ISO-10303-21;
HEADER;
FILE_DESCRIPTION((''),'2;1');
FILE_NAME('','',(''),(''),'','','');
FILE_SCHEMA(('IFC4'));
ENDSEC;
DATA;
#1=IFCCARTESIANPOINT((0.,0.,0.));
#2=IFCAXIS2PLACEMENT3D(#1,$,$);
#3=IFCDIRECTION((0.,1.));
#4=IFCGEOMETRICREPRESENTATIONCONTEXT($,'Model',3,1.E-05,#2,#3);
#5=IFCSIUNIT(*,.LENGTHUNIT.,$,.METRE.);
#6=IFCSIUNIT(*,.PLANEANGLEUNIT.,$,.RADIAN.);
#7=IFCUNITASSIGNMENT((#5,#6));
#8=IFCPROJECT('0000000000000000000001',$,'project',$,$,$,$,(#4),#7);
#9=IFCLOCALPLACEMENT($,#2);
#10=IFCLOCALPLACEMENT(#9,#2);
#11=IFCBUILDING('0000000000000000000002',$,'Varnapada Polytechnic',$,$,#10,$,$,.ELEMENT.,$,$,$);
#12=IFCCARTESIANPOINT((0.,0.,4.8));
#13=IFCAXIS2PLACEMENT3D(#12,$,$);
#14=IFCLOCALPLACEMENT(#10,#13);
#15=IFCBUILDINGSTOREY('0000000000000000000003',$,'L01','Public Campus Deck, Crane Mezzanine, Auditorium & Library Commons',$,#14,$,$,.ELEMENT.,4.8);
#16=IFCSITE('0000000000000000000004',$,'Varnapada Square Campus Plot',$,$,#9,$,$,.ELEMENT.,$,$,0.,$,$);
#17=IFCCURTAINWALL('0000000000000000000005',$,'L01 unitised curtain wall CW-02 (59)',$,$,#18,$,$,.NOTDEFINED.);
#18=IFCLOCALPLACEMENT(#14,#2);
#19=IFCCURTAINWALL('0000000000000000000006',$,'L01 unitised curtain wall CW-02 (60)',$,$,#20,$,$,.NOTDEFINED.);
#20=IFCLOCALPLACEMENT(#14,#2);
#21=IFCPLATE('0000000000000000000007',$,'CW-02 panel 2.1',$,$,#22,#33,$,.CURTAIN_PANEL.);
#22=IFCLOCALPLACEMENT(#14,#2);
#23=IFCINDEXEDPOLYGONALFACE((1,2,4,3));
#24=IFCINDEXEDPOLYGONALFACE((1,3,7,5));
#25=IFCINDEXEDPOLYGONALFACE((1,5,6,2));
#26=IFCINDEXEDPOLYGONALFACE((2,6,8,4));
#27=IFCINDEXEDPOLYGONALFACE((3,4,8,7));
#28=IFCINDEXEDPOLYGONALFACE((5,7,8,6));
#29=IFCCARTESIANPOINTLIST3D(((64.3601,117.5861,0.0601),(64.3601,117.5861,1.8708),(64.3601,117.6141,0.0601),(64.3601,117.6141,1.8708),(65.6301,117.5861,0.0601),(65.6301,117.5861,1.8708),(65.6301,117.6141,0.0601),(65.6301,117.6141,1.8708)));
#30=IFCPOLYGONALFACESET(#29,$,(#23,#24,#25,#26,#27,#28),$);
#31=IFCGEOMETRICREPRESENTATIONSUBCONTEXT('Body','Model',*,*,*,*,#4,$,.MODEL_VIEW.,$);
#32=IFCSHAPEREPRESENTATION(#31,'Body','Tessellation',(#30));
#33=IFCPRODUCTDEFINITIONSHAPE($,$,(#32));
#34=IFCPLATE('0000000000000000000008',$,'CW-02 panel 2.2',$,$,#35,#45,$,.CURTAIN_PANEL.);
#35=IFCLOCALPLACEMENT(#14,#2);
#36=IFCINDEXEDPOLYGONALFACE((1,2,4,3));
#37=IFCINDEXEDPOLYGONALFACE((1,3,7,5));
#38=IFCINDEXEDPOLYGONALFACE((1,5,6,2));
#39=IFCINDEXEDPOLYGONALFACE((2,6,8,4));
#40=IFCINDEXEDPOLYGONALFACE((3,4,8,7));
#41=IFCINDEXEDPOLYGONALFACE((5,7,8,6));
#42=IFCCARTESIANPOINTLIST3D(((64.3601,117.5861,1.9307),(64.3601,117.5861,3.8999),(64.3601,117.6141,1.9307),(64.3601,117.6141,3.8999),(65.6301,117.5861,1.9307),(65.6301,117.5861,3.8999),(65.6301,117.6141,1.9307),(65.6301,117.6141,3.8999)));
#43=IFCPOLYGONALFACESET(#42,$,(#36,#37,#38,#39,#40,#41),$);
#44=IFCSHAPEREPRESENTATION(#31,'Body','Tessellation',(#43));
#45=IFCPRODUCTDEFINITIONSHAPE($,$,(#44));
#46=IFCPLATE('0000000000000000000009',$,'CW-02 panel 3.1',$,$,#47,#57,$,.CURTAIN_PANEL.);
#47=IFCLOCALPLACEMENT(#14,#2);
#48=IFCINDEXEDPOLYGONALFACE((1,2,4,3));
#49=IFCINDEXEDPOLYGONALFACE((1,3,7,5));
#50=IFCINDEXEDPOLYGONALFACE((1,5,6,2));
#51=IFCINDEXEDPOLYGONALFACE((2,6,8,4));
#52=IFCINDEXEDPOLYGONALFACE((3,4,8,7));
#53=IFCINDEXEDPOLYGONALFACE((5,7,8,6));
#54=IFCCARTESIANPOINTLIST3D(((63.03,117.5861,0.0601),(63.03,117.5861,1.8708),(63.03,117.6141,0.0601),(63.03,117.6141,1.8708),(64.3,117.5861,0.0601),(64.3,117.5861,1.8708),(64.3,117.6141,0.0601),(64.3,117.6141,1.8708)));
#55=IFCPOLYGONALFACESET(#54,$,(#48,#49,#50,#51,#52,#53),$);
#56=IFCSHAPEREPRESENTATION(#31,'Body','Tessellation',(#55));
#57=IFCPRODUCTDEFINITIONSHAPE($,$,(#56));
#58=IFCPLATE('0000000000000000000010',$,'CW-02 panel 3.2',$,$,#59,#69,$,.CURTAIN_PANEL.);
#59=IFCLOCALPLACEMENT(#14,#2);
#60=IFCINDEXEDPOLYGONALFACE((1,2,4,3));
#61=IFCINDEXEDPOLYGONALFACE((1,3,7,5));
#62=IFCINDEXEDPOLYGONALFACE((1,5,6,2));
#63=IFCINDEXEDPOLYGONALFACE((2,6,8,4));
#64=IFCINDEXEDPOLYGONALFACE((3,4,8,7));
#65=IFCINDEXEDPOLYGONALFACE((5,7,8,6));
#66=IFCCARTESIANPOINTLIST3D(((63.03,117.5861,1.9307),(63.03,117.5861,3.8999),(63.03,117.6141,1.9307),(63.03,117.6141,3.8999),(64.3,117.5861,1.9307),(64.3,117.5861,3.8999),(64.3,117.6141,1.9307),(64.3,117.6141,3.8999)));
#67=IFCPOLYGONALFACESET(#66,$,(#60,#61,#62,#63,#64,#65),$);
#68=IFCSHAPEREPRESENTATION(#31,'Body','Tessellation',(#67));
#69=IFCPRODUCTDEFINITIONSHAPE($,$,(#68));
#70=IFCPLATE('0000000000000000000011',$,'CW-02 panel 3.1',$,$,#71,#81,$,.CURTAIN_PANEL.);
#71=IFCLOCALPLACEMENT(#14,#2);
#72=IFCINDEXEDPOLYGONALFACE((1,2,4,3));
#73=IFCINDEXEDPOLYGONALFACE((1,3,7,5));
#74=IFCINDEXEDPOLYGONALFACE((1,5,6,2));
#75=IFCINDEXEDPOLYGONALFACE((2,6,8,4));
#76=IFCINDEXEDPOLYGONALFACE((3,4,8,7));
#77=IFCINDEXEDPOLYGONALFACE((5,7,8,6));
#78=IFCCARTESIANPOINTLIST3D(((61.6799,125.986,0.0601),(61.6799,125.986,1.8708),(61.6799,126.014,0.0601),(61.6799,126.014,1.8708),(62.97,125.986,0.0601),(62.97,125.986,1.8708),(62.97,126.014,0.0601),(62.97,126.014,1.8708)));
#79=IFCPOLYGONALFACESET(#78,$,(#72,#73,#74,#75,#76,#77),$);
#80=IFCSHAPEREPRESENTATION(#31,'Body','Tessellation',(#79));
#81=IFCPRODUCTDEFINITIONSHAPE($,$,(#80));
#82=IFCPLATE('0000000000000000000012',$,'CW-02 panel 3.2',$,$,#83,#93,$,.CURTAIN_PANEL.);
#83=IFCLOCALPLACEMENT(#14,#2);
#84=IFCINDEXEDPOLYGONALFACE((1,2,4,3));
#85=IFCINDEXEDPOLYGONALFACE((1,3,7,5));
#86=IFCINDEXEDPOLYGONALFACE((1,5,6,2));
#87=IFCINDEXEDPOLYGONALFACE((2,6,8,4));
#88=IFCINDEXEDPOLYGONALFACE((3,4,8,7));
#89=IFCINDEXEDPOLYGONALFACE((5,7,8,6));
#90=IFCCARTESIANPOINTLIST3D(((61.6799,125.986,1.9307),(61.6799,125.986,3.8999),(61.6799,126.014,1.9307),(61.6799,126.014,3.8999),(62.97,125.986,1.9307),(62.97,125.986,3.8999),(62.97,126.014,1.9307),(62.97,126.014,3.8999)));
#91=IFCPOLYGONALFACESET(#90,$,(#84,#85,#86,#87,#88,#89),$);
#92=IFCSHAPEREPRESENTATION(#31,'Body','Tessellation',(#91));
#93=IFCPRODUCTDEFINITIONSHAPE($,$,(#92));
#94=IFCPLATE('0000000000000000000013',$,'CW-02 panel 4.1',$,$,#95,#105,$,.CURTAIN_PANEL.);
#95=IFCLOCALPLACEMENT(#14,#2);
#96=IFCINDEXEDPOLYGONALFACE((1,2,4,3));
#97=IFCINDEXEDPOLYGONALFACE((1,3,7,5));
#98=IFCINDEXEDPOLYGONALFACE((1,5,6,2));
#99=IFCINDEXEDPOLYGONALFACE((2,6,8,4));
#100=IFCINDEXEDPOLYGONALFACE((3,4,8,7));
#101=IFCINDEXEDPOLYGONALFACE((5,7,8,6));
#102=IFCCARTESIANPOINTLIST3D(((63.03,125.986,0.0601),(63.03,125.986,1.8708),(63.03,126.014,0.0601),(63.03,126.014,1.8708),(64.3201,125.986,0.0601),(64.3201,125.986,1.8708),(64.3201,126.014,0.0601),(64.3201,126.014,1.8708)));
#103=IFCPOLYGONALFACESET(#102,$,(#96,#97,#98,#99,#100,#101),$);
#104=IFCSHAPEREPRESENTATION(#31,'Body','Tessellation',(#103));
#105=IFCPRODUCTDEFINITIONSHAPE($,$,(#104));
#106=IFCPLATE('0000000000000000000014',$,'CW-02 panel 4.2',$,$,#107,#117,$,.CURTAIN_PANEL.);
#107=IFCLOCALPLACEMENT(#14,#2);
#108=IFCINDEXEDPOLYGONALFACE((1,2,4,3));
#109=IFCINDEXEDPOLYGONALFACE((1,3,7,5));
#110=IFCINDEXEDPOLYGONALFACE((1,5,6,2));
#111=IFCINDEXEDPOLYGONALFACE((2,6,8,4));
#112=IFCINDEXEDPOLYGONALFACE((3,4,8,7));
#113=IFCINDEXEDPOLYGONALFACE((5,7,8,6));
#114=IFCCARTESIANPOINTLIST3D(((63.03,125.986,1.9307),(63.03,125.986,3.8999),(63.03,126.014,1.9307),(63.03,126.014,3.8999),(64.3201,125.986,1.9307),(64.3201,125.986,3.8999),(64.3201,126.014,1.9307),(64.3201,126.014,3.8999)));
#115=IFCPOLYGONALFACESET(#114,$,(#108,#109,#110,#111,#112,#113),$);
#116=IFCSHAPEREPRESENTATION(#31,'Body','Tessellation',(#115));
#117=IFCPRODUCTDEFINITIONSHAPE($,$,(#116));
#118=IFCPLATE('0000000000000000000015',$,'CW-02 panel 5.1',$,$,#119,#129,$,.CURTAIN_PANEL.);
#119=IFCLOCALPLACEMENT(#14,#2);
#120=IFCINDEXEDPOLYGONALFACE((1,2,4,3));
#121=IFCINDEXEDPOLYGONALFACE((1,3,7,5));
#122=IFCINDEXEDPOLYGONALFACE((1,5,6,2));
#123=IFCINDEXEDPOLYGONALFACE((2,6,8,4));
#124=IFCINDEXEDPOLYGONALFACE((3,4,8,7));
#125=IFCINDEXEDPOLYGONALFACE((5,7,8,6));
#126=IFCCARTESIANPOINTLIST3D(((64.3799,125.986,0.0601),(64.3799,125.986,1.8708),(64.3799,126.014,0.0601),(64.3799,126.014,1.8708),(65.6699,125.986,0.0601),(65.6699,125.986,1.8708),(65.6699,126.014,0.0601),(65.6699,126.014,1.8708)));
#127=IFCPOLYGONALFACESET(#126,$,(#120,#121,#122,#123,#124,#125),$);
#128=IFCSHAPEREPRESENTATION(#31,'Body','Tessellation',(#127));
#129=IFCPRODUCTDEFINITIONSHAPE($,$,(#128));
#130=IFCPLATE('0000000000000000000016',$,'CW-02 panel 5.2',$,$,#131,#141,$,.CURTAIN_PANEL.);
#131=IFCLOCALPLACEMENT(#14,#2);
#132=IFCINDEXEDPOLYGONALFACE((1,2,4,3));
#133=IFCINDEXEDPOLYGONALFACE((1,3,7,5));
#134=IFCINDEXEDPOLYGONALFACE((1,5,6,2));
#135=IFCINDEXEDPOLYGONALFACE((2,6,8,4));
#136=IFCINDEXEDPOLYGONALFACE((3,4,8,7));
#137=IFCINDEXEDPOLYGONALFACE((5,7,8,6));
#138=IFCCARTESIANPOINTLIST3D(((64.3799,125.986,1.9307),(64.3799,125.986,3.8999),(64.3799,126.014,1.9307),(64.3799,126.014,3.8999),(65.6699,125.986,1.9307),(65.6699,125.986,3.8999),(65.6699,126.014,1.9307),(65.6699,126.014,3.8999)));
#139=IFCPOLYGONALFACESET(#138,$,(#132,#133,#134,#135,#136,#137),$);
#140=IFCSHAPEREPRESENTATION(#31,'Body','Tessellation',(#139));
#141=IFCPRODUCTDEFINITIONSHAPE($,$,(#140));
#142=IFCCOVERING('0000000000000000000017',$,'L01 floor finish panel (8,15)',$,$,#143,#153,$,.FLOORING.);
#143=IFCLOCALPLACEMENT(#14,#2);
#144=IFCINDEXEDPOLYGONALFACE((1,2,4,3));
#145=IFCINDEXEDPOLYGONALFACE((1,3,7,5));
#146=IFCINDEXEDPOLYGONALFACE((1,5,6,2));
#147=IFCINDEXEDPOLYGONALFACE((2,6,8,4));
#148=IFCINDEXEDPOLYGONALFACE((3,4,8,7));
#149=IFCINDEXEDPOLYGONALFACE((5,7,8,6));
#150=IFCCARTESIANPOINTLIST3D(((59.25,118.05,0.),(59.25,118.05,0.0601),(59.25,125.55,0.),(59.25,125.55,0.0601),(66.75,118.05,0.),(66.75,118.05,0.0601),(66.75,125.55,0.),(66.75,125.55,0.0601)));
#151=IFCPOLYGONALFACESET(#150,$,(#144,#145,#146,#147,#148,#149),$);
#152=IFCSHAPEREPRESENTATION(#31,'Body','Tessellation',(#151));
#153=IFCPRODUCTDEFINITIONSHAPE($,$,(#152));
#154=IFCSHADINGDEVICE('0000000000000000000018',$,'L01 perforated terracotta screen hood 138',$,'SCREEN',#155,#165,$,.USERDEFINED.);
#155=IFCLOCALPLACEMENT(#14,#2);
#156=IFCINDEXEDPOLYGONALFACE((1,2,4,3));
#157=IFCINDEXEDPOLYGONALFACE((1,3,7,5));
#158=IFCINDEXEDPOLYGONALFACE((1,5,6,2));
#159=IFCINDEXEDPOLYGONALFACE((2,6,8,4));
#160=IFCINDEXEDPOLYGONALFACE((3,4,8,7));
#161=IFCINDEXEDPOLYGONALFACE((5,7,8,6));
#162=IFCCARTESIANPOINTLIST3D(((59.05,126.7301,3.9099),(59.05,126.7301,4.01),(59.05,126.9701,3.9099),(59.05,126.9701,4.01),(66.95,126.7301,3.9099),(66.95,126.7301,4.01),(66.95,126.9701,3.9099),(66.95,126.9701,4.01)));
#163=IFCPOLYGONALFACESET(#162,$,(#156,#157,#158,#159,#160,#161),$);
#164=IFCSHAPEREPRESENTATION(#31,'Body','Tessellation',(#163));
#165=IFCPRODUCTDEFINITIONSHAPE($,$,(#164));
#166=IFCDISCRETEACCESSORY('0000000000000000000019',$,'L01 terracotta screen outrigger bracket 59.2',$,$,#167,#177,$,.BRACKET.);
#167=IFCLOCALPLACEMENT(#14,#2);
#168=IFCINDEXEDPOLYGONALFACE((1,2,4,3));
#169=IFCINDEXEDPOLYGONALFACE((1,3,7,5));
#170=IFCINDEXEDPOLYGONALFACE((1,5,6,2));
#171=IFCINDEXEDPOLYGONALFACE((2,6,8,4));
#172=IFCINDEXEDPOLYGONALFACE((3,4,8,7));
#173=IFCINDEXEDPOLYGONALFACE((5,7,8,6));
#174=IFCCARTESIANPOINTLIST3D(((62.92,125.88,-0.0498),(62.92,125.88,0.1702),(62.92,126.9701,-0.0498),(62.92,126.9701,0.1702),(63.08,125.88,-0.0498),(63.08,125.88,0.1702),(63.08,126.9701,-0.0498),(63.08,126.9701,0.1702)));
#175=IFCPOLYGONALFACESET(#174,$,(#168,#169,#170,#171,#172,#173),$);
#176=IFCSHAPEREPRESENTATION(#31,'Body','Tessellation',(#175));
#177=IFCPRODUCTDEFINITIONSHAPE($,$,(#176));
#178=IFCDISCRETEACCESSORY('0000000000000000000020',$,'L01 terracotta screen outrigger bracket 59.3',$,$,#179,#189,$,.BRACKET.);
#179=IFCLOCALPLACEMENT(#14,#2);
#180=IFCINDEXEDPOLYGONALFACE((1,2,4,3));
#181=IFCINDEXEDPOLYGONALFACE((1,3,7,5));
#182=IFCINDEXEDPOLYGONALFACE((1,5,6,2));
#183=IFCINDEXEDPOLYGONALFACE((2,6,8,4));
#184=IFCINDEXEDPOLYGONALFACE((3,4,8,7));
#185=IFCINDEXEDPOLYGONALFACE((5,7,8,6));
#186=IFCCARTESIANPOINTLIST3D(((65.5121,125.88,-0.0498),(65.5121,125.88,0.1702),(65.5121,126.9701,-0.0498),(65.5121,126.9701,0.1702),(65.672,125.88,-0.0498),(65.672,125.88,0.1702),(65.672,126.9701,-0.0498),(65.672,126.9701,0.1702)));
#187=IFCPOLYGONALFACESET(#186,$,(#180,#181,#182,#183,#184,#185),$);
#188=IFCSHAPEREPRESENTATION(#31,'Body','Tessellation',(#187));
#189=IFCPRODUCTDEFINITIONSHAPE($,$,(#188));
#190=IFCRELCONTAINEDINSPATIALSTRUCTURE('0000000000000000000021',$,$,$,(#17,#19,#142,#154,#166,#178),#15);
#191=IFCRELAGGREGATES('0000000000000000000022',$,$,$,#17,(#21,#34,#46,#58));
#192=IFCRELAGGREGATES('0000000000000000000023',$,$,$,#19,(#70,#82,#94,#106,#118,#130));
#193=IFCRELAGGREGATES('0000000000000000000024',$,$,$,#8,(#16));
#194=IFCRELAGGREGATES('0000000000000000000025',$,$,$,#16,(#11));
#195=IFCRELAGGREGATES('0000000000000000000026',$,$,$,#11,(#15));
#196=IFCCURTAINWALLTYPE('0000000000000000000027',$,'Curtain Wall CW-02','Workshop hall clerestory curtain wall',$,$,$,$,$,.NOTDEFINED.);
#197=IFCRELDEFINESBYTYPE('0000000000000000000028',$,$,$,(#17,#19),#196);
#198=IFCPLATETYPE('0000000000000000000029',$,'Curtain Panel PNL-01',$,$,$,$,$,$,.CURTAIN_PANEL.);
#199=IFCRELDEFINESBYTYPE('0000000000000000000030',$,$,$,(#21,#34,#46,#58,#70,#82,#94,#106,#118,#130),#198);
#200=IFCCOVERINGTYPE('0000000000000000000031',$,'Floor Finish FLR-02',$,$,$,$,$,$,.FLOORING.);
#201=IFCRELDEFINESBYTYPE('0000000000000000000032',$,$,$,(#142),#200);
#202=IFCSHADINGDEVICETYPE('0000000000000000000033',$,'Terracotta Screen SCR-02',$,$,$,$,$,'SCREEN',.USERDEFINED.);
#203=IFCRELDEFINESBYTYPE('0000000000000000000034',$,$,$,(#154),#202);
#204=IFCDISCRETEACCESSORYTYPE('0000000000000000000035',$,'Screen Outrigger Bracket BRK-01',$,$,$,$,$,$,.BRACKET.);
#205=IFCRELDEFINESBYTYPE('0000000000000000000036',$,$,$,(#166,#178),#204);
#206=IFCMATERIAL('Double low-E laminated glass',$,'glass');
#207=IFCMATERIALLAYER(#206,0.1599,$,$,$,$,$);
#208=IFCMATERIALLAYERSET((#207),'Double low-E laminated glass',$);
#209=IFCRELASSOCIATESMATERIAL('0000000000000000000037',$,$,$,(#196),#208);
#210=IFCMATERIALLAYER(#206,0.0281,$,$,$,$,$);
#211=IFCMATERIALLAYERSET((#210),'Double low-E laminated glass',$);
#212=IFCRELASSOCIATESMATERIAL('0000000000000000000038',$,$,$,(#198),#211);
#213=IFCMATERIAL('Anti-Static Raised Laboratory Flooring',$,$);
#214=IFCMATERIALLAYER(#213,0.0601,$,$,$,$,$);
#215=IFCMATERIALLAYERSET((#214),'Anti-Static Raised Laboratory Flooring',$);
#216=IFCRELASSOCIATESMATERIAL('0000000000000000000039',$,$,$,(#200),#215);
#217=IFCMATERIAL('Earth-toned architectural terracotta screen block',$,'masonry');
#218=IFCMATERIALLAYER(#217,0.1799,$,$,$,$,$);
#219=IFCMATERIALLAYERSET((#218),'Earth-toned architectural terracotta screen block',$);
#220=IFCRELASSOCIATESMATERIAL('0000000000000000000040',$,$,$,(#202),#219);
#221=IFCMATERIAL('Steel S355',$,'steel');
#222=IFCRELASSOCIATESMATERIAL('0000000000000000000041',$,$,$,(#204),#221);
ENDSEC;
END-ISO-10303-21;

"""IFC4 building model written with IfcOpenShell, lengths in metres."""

from ifc_helpers import new_model, si_unit, direction, frame, origin, origin_2d, place, context, subcontext, project, spatial, rectangle, extrude, material, layer, layer_set, type_object, element, aggregate, save


model = new_model("IFC4")

# Units and contexts
model_context = context("Model", 3, precision=1e-05, world=origin(), true_north=direction((0.0, 1.0)))
body_context = subcontext(model_context, "Body", "Model", "MODEL_VIEW")
ifc_project = project(units=[si_unit("LENGTHUNIT", "METRE"), si_unit("PLANEANGLEUNIT", "RADIAN")], contexts=[model_context])

# Site, building, storey
site_placement = place(None, origin())
site = spatial("IfcSite", under=ifc_project, at=site_placement, Name="Varnapada Square Campus Plot", CompositionType="ELEMENT", RefElevation=0.0)
building_placement = place(site_placement, origin())
building = spatial("IfcBuilding", under=site, at=building_placement, Name="Varnapada Polytechnic", CompositionType="ELEMENT")
storey_placement = place(building_placement, frame((0.0, 0.0, 4.8)))
storey = spatial("IfcBuildingStorey", under=building, at=storey_placement, Name="L01", Description="Public Campus Deck, Crane Mezzanine, Auditorium & Library Commons", CompositionType="ELEMENT", Elevation=4.8)

# Curtain wall
ifc_material_1 = material(Name="Double low-E laminated glass", Category="glass")
ifc_layer_1 = layer(ifc_material_1, 0.1599)
ifc_layer_set_1 = layer_set([ifc_layer_1], Name="Double low-E laminated glass")
curtain_wall_type = type_object("IfcCurtainWallType", Name="Curtain Wall CW-02", Description="Workshop hall clerestory curtain wall", PredefinedType="NOTDEFINED", material=ifc_layer_set_1)
curtain_wall_1_placement = place(storey_placement, origin())
curtain_wall_1 = element("IfcCurtainWall", 1, at=curtain_wall_1_placement, inside=storey, type_object=curtain_wall_type, Name="L01 unitised curtain wall CW-02 (59)", PredefinedType="NOTDEFINED")

# Curtain wall
curtain_wall_2_placement = place(storey_placement, origin())
curtain_wall_2 = element("IfcCurtainWall", 2, at=curtain_wall_2_placement, inside=storey, type_object=curtain_wall_type, Name="L01 unitised curtain wall CW-02 (60)", PredefinedType="NOTDEFINED")

# Plates
ifc_layer_2 = layer(ifc_material_1, 0.0281)
ifc_layer_set_2 = layer_set([ifc_layer_2], Name="Double low-E laminated glass")
plate_type = type_object("IfcPlateType", Name="Curtain Panel PNL-01", PredefinedType="CURTAIN_PANEL", material=ifc_layer_set_2)
plate_1_placement = place(storey_placement, frame((64.9951, 117.6001, 0.0601), z_axis=(0.0, 0.0, 1.0), x_axis=(-1.0, 0.0, 0.0)))
plate_1 = element("IfcPlate", 3, at=plate_1_placement, type_object=plate_type, Name="CW-02 panel 2.1", PredefinedType="CURTAIN_PANEL", context=body_context, shape_type="SweptSolid", body=[
    extrude(rectangle(XDim=1.27, YDim=0.0281, at=origin_2d()), origin(), (0.0, 0.0, 1.0), 1.8108),
])
plate_2_placement = place(storey_placement, frame((64.9951, 117.6001, 1.9307), z_axis=(0.0, 0.0, 1.0), x_axis=(-1.0, 0.0, 0.0)))
plate_2 = element("IfcPlate", 4, at=plate_2_placement, type_object=plate_type, Name="CW-02 panel 2.2", PredefinedType="CURTAIN_PANEL", context=body_context, shape_type="SweptSolid", body=[
    extrude(rectangle(XDim=1.27, YDim=0.0281, at=origin_2d()), origin(), (0.0, 0.0, 1.0), 1.9692),
])
plate_3_placement = place(storey_placement, frame((63.665, 117.6001, 0.0601), z_axis=(0.0, 0.0, 1.0), x_axis=(-1.0, 0.0, 0.0)))
plate_3 = element("IfcPlate", 5, at=plate_3_placement, type_object=plate_type, Name="CW-02 panel 3.1", PredefinedType="CURTAIN_PANEL", context=body_context, shape_type="SweptSolid", body=[
    extrude(rectangle(XDim=1.27, YDim=0.0281, at=origin_2d()), origin(), (0.0, 0.0, 1.0), 1.8108),
])
plate_4_placement = place(storey_placement, frame((63.665, 117.6001, 1.9307), z_axis=(0.0, 0.0, 1.0), x_axis=(-1.0, 0.0, 0.0)))
plate_4 = element("IfcPlate", 6, at=plate_4_placement, type_object=plate_type, Name="CW-02 panel 3.2", PredefinedType="CURTAIN_PANEL", context=body_context, shape_type="SweptSolid", body=[
    extrude(rectangle(XDim=1.27, YDim=0.0281, at=origin_2d()), origin(), (0.0, 0.0, 1.0), 1.9692),
])
aggregate(curtain_wall_1, [plate_1, plate_2, plate_3, plate_4])
plate_5_placement = place(storey_placement, frame((62.325, 126.0, 0.0601), z_axis=(0.0, 0.0, 1.0), x_axis=(1.0, 0.0, 0.0)))
plate_5 = element("IfcPlate", 7, at=plate_5_placement, type_object=plate_type, Name="CW-02 panel 3.1", PredefinedType="CURTAIN_PANEL", context=body_context, shape_type="SweptSolid", body=[
    extrude(rectangle(XDim=1.29, YDim=0.0281, at=origin_2d()), origin(), (0.0, 0.0, 1.0), 1.8108),
])
plate_6_placement = place(storey_placement, frame((62.325, 126.0, 1.9307), z_axis=(0.0, 0.0, 1.0), x_axis=(1.0, 0.0, 0.0)))
plate_6 = element("IfcPlate", 8, at=plate_6_placement, type_object=plate_type, Name="CW-02 panel 3.2", PredefinedType="CURTAIN_PANEL", context=body_context, shape_type="SweptSolid", body=[
    extrude(rectangle(XDim=1.29, YDim=0.0281, at=origin_2d()), origin(), (0.0, 0.0, 1.0), 1.9692),
])
plate_7_placement = place(storey_placement, frame((63.675, 126.0, 0.0601), z_axis=(0.0, 0.0, 1.0), x_axis=(1.0, 0.0, 0.0)))
plate_7 = element("IfcPlate", 9, at=plate_7_placement, type_object=plate_type, Name="CW-02 panel 4.1", PredefinedType="CURTAIN_PANEL", context=body_context, shape_type="SweptSolid", body=[
    extrude(rectangle(XDim=1.29, YDim=0.0281, at=origin_2d()), origin(), (0.0, 0.0, 1.0), 1.8108),
])
plate_8_placement = place(storey_placement, frame((63.675, 126.0, 1.9307), z_axis=(0.0, 0.0, 1.0), x_axis=(1.0, 0.0, 0.0)))
plate_8 = element("IfcPlate", 10, at=plate_8_placement, type_object=plate_type, Name="CW-02 panel 4.2", PredefinedType="CURTAIN_PANEL", context=body_context, shape_type="SweptSolid", body=[
    extrude(rectangle(XDim=1.29, YDim=0.0281, at=origin_2d()), origin(), (0.0, 0.0, 1.0), 1.9692),
])
plate_9_placement = place(storey_placement, frame((65.0249, 126.0, 0.0601), z_axis=(0.0, 0.0, 1.0), x_axis=(1.0, 0.0, 0.0)))
plate_9 = element("IfcPlate", 11, at=plate_9_placement, type_object=plate_type, Name="CW-02 panel 5.1", PredefinedType="CURTAIN_PANEL", context=body_context, shape_type="SweptSolid", body=[
    extrude(rectangle(XDim=1.29, YDim=0.0281, at=origin_2d()), origin(), (0.0, 0.0, 1.0), 1.8108),
])
plate_10_placement = place(storey_placement, frame((65.0249, 126.0, 1.9307), z_axis=(0.0, 0.0, 1.0), x_axis=(1.0, 0.0, 0.0)))
plate_10 = element("IfcPlate", 12, at=plate_10_placement, type_object=plate_type, Name="CW-02 panel 5.2", PredefinedType="CURTAIN_PANEL", context=body_context, shape_type="SweptSolid", body=[
    extrude(rectangle(XDim=1.29, YDim=0.0281, at=origin_2d()), origin(), (0.0, 0.0, 1.0), 1.9692),
])
aggregate(curtain_wall_2, [plate_5, plate_6, plate_7, plate_8, plate_9, plate_10])

# Covering
ifc_material_2 = material(Name="Anti-Static Raised Laboratory Flooring")
ifc_layer_3 = layer(ifc_material_2, 0.0601)
ifc_layer_set_3 = layer_set([ifc_layer_3], Name="Anti-Static Raised Laboratory Flooring")
covering_type = type_object("IfcCoveringType", Name="Floor Finish FLR-02", PredefinedType="FLOORING", material=ifc_layer_set_3)
covering_placement = place(storey_placement, frame((63.0, 121.8, 0.0), z_axis=(0.0, 0.0, 1.0), x_axis=(1.0, 0.0, 0.0)))
element("IfcCovering", 13, at=covering_placement, inside=storey, type_object=covering_type, Name="L01 floor finish panel (8,15)", PredefinedType="FLOORING", context=body_context, shape_type="SweptSolid", body=[
    extrude(rectangle(XDim=7.5, YDim=7.5, at=origin_2d()), origin(), (0.0, 0.0, 1.0), 0.0601),
])

# Shading device
ifc_material_3 = material(Name="Earth-toned architectural terracotta screen block", Category="masonry")
ifc_layer_4 = layer(ifc_material_3, 0.1799)
ifc_layer_set_4 = layer_set([ifc_layer_4], Name="Earth-toned architectural terracotta screen block")
shading_device_type = type_object("IfcShadingDeviceType", Name="Terracotta Screen SCR-02", ElementType="SCREEN", PredefinedType="USERDEFINED", material=ifc_layer_set_4)
shading_device_placement = place(storey_placement, frame((63.0, 126.8501, 3.9099), z_axis=(0.0, 0.0, 1.0), x_axis=(1.0, 0.0, 0.0)))
element("IfcShadingDevice", 14, at=shading_device_placement, inside=storey, type_object=shading_device_type, Name="L01 perforated terracotta screen hood 138", ObjectType="SCREEN", PredefinedType="USERDEFINED", context=body_context, shape_type="SweptSolid", body=[
    extrude(rectangle(XDim=7.8999, YDim=0.24, at=origin_2d()), origin(), (0.0, 0.0, 1.0), 0.1001),
])

# Discrete accessories
ifc_material_4 = material(Name="Steel S355", Category="steel")
discrete_accessory_type = type_object("IfcDiscreteAccessoryType", Name="Screen Outrigger Bracket BRK-01", PredefinedType="BRACKET", material=ifc_material_4)
for number, where, z_axis, x_axis, name in (
    (15, (63.0, 126.425, -0.0498), (0.0, 0.0, 1.0), (1.0, 0.0, 0.0), "L01 terracotta screen outrigger bracket 59.2"),
    (16, (65.592, 126.425, -0.0498), (0.0, 0.0, 1.0), (1.0, 0.0, 0.0), "L01 terracotta screen outrigger bracket 59.3"),
):
    element("IfcDiscreteAccessory", number, at=place(storey_placement, frame(where, z_axis=z_axis, x_axis=x_axis)), inside=storey, type_object=discrete_accessory_type, Name=name, PredefinedType="BRACKET", context=body_context, shape_type="SweptSolid", body=[
        extrude(rectangle(XDim=0.1599, YDim=1.0901, at=origin_2d()), origin(), (0.0, 0.0, 1.0), 0.22),
    ])

save(model, "model.ifc")
